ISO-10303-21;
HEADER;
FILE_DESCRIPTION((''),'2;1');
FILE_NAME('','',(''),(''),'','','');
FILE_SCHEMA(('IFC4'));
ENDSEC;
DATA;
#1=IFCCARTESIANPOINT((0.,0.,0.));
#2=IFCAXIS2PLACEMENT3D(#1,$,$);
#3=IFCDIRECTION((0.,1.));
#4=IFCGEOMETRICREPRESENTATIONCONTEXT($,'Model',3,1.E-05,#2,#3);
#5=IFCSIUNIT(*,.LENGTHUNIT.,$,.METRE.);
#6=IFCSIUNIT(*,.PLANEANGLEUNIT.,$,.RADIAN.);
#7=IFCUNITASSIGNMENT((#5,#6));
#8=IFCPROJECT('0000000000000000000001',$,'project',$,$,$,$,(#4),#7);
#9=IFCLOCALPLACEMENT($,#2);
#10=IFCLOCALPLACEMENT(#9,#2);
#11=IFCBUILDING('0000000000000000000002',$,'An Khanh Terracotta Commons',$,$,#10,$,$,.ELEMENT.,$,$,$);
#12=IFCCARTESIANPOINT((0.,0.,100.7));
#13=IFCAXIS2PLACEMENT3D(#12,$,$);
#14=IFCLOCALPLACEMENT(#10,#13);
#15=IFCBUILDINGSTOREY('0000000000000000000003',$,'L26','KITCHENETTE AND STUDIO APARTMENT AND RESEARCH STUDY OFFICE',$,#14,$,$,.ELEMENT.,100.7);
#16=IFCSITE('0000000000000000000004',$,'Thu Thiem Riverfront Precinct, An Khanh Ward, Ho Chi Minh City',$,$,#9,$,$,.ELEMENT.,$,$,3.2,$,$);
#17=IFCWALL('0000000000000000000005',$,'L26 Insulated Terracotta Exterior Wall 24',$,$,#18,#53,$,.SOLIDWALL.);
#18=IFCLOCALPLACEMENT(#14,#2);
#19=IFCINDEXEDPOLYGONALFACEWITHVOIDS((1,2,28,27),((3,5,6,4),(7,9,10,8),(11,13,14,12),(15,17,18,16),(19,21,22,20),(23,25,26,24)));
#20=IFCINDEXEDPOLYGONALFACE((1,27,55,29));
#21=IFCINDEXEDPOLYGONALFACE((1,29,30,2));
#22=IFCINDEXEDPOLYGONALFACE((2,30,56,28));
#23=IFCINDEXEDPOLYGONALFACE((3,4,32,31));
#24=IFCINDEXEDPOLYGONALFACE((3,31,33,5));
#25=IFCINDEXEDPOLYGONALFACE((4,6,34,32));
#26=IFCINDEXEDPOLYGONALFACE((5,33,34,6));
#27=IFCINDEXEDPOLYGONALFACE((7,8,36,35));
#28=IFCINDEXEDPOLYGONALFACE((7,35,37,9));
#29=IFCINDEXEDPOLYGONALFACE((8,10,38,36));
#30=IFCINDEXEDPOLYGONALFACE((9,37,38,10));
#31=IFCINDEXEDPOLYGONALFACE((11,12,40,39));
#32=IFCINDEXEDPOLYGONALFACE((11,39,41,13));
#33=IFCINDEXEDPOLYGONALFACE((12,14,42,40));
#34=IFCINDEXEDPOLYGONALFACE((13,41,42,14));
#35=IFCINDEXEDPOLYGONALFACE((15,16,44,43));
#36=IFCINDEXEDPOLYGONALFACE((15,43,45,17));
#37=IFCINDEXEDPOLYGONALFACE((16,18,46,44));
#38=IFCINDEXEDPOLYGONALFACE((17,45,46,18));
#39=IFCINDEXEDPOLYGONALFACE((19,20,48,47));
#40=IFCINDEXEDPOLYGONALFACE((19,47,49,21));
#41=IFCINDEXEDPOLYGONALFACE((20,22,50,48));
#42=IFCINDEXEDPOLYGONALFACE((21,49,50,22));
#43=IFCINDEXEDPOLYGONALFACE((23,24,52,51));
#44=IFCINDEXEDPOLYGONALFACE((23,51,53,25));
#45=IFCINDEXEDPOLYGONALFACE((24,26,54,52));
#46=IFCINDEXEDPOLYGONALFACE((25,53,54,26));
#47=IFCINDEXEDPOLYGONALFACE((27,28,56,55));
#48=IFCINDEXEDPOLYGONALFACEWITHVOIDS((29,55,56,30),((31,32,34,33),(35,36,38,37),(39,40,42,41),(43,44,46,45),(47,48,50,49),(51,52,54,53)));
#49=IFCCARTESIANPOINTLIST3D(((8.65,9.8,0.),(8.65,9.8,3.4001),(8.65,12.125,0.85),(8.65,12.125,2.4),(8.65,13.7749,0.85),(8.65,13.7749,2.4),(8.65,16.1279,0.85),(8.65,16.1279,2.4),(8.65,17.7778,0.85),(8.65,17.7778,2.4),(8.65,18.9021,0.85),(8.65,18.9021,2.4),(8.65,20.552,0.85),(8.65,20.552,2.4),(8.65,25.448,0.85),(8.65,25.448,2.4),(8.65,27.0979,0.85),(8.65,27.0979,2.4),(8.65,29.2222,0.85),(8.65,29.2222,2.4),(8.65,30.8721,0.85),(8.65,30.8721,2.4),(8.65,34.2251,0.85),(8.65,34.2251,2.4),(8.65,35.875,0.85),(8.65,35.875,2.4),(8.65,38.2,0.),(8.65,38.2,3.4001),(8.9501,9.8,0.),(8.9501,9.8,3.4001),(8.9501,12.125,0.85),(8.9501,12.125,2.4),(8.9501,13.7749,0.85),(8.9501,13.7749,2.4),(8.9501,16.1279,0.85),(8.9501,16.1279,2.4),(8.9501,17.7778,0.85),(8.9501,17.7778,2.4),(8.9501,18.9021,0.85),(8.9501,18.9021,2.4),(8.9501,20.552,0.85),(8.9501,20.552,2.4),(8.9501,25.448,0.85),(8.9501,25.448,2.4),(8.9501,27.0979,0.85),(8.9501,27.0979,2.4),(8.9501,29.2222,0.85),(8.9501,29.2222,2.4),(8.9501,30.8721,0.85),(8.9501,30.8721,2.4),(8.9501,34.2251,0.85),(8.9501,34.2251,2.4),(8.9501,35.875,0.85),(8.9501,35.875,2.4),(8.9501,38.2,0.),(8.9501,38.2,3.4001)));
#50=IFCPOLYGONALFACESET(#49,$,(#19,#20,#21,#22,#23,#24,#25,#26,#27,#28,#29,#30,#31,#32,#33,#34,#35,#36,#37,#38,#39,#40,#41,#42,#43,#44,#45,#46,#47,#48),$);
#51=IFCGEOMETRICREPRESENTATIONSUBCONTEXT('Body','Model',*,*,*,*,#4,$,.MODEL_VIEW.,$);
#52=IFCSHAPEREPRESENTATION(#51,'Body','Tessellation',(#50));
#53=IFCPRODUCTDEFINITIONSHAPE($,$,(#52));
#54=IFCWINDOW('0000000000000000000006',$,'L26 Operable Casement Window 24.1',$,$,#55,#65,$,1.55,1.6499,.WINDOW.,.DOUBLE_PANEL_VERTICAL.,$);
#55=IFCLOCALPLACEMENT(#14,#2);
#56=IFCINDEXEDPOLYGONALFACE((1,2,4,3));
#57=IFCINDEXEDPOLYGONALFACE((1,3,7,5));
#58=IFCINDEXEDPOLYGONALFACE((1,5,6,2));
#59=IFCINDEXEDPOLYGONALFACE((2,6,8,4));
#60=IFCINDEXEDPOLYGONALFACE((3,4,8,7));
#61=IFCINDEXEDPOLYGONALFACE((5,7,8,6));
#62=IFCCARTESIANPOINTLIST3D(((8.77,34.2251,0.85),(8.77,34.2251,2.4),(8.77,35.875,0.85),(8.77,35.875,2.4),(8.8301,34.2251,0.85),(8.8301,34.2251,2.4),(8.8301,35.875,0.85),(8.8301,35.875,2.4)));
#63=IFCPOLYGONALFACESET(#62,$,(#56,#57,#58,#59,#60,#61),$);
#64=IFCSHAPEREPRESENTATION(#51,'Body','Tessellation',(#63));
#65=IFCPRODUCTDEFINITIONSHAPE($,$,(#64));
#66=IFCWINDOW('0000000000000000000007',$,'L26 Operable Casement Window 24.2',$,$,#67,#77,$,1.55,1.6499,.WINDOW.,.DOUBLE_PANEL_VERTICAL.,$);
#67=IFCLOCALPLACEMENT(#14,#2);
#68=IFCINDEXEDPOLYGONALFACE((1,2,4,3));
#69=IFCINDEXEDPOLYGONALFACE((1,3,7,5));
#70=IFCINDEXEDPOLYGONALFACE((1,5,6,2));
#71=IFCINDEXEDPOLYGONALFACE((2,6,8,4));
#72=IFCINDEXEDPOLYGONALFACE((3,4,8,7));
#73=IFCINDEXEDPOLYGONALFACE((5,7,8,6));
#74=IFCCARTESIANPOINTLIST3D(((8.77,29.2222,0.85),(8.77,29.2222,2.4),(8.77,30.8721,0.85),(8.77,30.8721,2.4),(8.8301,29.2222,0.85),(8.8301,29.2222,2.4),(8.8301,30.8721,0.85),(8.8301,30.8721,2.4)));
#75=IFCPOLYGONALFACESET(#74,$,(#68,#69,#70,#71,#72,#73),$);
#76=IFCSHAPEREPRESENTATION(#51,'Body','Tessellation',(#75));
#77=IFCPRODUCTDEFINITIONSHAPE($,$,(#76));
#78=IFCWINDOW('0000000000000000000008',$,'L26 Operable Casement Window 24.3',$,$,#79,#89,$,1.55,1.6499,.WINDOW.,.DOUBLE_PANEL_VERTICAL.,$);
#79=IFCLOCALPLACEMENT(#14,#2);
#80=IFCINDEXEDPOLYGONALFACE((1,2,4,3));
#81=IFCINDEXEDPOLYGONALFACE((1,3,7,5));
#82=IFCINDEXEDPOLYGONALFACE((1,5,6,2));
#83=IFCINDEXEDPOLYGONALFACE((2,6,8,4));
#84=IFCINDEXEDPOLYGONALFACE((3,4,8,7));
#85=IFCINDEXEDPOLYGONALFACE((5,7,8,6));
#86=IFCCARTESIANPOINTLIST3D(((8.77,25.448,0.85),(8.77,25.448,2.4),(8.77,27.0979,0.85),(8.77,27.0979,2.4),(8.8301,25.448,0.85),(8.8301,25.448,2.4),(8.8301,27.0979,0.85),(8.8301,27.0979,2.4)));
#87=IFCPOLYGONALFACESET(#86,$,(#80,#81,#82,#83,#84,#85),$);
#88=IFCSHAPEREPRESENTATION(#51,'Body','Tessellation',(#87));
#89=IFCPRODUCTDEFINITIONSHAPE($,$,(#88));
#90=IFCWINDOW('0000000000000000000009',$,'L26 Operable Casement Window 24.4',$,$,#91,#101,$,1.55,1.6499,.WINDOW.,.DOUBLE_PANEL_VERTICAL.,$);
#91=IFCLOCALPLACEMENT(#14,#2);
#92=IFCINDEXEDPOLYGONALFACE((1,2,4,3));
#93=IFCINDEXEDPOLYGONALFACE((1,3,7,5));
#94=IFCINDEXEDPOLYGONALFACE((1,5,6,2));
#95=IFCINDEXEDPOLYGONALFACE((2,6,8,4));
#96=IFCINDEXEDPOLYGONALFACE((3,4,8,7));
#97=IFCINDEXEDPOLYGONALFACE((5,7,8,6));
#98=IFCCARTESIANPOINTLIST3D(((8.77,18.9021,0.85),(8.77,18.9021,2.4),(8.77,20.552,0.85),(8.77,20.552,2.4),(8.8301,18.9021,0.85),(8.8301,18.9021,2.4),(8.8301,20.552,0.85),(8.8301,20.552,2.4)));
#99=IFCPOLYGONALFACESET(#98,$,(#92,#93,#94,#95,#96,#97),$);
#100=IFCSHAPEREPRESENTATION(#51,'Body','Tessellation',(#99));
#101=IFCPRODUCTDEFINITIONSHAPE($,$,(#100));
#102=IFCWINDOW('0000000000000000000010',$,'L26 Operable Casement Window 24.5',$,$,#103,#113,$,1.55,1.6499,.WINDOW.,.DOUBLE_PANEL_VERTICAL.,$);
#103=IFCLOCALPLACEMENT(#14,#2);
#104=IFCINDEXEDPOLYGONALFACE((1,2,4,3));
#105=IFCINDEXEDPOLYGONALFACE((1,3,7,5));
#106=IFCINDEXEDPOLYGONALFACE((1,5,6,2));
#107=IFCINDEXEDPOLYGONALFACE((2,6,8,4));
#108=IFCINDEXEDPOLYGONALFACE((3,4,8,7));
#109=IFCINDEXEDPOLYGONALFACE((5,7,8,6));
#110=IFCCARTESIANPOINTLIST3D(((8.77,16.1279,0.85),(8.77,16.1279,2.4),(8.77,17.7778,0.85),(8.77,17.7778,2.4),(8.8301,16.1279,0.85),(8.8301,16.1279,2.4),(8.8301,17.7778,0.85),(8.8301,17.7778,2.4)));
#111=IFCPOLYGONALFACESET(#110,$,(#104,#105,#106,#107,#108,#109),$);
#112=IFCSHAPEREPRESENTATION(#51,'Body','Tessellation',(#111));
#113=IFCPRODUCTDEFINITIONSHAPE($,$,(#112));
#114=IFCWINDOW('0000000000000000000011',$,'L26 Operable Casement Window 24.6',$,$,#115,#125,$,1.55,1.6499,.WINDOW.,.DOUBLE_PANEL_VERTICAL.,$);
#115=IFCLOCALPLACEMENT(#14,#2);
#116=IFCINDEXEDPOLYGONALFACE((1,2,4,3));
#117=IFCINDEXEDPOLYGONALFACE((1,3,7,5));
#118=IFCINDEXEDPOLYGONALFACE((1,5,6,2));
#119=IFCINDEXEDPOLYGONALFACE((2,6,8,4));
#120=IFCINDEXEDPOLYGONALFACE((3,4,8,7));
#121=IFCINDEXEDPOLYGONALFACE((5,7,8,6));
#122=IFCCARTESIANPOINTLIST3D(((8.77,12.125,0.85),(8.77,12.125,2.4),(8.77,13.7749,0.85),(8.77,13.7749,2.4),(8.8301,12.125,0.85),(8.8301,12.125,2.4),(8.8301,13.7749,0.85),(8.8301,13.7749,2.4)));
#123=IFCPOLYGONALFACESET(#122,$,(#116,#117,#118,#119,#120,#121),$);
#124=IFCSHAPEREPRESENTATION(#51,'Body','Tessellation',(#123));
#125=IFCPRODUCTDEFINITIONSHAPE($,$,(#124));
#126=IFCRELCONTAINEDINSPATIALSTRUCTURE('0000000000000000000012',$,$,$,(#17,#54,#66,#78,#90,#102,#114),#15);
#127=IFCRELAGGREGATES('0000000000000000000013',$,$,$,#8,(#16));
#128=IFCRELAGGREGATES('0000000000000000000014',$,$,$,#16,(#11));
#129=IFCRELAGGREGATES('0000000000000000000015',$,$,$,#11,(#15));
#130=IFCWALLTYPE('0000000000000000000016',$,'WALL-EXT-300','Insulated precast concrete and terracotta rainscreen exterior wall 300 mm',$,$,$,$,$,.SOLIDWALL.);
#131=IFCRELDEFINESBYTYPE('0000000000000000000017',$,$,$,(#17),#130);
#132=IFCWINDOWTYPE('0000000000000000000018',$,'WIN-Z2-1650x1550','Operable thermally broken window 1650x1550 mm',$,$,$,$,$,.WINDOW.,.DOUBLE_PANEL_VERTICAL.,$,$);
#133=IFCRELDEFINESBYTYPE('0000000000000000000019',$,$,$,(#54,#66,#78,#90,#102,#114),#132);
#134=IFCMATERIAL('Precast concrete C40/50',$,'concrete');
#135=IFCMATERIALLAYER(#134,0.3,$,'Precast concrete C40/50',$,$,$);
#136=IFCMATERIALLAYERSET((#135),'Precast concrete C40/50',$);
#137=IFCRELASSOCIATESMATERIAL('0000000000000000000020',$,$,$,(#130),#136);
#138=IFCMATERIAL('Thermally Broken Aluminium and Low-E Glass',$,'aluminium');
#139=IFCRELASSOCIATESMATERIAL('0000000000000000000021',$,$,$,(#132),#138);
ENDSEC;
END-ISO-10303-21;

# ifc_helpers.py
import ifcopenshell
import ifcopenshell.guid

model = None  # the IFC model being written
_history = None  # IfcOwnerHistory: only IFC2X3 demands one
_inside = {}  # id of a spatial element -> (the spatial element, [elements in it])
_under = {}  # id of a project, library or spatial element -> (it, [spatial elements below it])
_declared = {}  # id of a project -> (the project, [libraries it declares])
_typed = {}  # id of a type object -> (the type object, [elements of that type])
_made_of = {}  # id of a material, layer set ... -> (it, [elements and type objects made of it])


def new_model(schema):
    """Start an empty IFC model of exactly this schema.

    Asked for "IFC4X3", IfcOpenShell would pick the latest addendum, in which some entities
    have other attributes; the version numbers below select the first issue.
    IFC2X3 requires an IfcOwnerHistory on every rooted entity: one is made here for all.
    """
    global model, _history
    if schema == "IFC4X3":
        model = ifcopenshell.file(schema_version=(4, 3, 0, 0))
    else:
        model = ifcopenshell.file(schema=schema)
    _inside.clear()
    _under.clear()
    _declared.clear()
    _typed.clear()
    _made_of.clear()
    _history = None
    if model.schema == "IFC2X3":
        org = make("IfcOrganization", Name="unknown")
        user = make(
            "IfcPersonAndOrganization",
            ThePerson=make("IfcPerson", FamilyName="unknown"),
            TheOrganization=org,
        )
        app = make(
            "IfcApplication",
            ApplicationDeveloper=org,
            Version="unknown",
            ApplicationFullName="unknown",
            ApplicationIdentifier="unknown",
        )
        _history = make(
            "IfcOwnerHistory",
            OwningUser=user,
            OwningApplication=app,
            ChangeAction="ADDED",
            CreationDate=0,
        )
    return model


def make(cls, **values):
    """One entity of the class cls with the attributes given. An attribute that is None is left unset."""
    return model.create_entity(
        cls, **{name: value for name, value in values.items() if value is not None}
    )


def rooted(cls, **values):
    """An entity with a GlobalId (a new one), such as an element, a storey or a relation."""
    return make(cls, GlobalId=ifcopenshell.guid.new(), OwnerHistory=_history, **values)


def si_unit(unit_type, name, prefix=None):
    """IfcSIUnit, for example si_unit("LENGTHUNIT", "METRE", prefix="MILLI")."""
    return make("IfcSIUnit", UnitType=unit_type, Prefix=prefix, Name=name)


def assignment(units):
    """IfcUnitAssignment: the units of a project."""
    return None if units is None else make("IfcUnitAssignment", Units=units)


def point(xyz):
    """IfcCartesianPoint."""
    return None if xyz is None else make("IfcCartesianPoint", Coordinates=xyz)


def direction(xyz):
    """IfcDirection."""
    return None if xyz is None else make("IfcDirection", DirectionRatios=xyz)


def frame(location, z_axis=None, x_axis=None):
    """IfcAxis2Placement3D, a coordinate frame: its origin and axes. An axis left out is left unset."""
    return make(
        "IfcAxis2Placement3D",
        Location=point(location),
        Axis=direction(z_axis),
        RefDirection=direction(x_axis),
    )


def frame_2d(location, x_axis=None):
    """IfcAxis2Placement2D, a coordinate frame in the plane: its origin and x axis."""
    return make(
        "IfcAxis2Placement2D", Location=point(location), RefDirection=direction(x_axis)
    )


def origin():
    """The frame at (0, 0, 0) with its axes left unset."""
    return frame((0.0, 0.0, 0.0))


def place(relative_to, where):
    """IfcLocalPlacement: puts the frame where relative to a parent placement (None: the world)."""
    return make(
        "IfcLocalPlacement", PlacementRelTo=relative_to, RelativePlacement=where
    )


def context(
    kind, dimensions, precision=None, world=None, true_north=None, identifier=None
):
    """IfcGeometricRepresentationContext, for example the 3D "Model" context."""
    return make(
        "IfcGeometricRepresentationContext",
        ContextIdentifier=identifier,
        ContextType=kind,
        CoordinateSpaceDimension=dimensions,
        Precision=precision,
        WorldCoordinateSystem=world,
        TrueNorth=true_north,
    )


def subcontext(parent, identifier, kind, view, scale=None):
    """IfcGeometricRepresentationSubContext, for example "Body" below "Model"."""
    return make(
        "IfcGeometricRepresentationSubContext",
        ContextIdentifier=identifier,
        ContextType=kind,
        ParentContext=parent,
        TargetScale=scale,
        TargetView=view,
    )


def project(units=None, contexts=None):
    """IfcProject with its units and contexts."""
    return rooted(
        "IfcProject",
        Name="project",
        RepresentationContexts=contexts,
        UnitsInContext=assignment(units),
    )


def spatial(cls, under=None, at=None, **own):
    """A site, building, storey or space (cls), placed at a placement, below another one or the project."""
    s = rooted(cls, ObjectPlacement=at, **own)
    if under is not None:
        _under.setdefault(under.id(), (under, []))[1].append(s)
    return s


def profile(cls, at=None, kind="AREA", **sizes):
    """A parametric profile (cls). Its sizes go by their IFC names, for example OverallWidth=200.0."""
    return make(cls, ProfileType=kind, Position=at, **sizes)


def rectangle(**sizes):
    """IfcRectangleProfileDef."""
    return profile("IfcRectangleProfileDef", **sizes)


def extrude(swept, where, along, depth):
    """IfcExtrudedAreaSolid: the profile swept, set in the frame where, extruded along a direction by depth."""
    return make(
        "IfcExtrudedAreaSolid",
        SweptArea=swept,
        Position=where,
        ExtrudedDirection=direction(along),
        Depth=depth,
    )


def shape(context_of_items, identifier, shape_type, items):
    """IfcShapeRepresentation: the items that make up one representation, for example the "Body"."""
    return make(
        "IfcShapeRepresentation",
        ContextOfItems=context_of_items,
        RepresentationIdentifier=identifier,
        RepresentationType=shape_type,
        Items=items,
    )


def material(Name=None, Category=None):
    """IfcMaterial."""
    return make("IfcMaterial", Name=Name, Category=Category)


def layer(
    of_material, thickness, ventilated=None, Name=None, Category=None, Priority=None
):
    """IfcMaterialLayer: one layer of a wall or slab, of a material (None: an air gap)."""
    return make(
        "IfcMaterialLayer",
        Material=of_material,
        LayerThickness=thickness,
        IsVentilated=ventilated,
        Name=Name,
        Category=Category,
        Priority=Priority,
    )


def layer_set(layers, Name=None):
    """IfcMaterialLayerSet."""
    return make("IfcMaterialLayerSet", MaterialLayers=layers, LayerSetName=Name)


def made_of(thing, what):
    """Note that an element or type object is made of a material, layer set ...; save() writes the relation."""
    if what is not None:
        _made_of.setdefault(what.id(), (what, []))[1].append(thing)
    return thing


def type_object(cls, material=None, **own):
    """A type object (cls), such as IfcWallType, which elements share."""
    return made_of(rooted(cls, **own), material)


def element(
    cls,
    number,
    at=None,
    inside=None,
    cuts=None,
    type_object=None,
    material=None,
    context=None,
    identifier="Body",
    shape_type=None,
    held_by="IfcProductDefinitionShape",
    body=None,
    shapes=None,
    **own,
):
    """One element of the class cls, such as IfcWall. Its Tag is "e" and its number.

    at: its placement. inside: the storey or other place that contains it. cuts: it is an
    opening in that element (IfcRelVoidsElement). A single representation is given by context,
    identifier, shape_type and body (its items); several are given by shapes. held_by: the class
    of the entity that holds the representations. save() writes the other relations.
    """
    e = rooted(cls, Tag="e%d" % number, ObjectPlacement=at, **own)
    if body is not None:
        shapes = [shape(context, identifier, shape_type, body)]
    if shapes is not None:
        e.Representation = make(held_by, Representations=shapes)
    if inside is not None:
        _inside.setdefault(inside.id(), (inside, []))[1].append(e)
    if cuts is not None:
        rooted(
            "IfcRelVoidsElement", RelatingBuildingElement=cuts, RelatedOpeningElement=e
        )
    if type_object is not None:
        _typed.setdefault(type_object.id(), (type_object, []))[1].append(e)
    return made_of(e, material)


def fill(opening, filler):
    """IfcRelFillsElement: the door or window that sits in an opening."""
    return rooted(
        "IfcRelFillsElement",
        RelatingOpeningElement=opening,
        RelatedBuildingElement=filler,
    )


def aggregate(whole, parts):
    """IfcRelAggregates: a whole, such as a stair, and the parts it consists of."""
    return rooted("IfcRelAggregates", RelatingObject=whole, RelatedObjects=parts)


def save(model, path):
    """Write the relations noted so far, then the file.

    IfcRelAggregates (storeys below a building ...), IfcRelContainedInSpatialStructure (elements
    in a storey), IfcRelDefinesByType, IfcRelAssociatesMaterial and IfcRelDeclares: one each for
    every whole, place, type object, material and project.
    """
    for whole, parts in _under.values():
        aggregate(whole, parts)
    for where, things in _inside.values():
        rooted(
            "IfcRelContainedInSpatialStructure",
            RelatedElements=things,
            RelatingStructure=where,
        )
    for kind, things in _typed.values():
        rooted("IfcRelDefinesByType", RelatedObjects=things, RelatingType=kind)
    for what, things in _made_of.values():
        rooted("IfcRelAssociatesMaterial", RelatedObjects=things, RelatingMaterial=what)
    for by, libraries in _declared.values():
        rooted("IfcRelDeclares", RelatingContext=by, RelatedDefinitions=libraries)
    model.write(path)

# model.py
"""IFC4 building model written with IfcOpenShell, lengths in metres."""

from ifc_helpers import new_model, si_unit, direction, frame, frame_2d, origin, place, context, subcontext, project, spatial, rectangle, extrude, material, layer, layer_set, type_object, element, fill, save


model = new_model("IFC4")

# Units and contexts
model_context = context("Model", 3, precision=1e-05, world=origin(), true_north=direction((0.0, 1.0)))
body_context = subcontext(model_context, "Body", "Model", "MODEL_VIEW")
ifc_project = project(units=[si_unit("LENGTHUNIT", "METRE"), si_unit("PLANEANGLEUNIT", "RADIAN")], contexts=[model_context])

# Site, building, storey
site_placement = place(None, origin())
site = spatial("IfcSite", under=ifc_project, at=site_placement, Name="Thu Thiem Riverfront Precinct, An Khanh Ward, Ho Chi Minh City", CompositionType="ELEMENT", RefElevation=3.2)
building_placement = place(site_placement, origin())
building = spatial("IfcBuilding", under=site, at=building_placement, Name="An Khanh Terracotta Commons", CompositionType="ELEMENT")
storey_placement = place(building_placement, frame((0.0, 0.0, 100.7)))
storey = spatial("IfcBuildingStorey", under=building, at=storey_placement, Name="L26", Description="KITCHENETTE AND STUDIO APARTMENT AND RESEARCH STUDY OFFICE", CompositionType="ELEMENT", Elevation=100.7)

# Shared definitions
ifc_material_1 = material(Name="Precast concrete C40/50", Category="concrete")
ifc_layer_1 = layer(ifc_material_1, 0.3, Name="Precast concrete C40/50")
ifc_layer_set_1 = layer_set([ifc_layer_1], Name="Precast concrete C40/50")
wall_type_1 = type_object("IfcWallType", Name="WALL-EXT-300", Description="Insulated precast concrete and terracotta rainscreen exterior wall 300 mm", PredefinedType="SOLIDWALL", material=ifc_layer_set_1)

# Wall, openings, windows
wall_1_placement = place(storey_placement, frame((8.8, 38.2, 0.0), z_axis=(0.0, 0.0, 1.0), x_axis=(0.0, -1.0, 0.0)))
wall_1 = element("IfcWall", 1, at=wall_1_placement, inside=storey, type_object=wall_type_1, Name="L26 Insulated Terracotta Exterior Wall 24", PredefinedType="SOLIDWALL", context=body_context, shape_type="SweptSolid", body=[
    extrude(rectangle(XDim=28.3999, YDim=0.3, at=frame_2d((14.2, 0.0))), origin(), (0.0, 0.0, 1.0), 3.4001),
])
opening_1_placement = place(wall_1_placement, frame((2.325, 0.0, 0.8501)))
opening_1 = element("IfcOpeningElement", 2, at=opening_1_placement, cuts=wall_1, PredefinedType="OPENING", context=body_context, shape_type="SweptSolid", body=[
    extrude(rectangle(XDim=1.6499, YDim=1.55, at=frame_2d((0.825, 0.7749))), frame((0.0, 0.1599, 0.0), z_axis=(0.0, -1.0, 0.0), x_axis=(1.0, 0.0, 0.0)), (0.0, 0.0, 1.0), 0.3201),
])
opening_2_placement = place(wall_1_placement, frame((7.3279, 0.0, 0.8501)))
opening_2 = element("IfcOpeningElement", 3, at=opening_2_placement, cuts=wall_1, PredefinedType="OPENING", context=body_context, shape_type="SweptSolid", body=[
    extrude(rectangle(XDim=1.6499, YDim=1.55, at=frame_2d((0.825, 0.7749))), frame((0.0, 0.1599, 0.0), z_axis=(0.0, -1.0, 0.0), x_axis=(1.0, 0.0, 0.0)), (0.0, 0.0, 1.0), 0.3201),
])
opening_3_placement = place(wall_1_placement, frame((11.1021, 0.0, 0.8501)))
opening_3 = element("IfcOpeningElement", 4, at=opening_3_placement, cuts=wall_1, PredefinedType="OPENING", context=body_context, shape_type="SweptSolid", body=[
    extrude(rectangle(XDim=1.6499, YDim=1.55, at=frame_2d((0.825, 0.7749))), frame((0.0, 0.1599, 0.0), z_axis=(0.0, -1.0, 0.0), x_axis=(1.0, 0.0, 0.0)), (0.0, 0.0, 1.0), 0.3201),
])
opening_4_placement = place(wall_1_placement, frame((17.6479, 0.0, 0.8501)))
opening_4 = element("IfcOpeningElement", 5, at=opening_4_placement, cuts=wall_1, PredefinedType="OPENING", context=body_context, shape_type="SweptSolid", body=[
    extrude(rectangle(XDim=1.6499, YDim=1.55, at=frame_2d((0.825, 0.7749))), frame((0.0, 0.1599, 0.0), z_axis=(0.0, -1.0, 0.0), x_axis=(1.0, 0.0, 0.0)), (0.0, 0.0, 1.0), 0.3201),
])
opening_5_placement = place(wall_1_placement, frame((20.4221, 0.0, 0.8501)))
opening_5 = element("IfcOpeningElement", 6, at=opening_5_placement, cuts=wall_1, PredefinedType="OPENING", context=body_context, shape_type="SweptSolid", body=[
    extrude(rectangle(XDim=1.6499, YDim=1.55, at=frame_2d((0.825, 0.7749))), frame((0.0, 0.1599, 0.0), z_axis=(0.0, -1.0, 0.0), x_axis=(1.0, 0.0, 0.0)), (0.0, 0.0, 1.0), 0.3201),
])
opening_6_placement = place(wall_1_placement, frame((24.425, 0.0, 0.8501)))
opening_6 = element("IfcOpeningElement", 7, at=opening_6_placement, cuts=wall_1, PredefinedType="OPENING", context=body_context, shape_type="SweptSolid", body=[
    extrude(rectangle(XDim=1.6499, YDim=1.55, at=frame_2d((0.825, 0.7749))), frame((0.0, 0.1599, 0.0), z_axis=(0.0, -1.0, 0.0), x_axis=(1.0, 0.0, 0.0)), (0.0, 0.0, 1.0), 0.3201),
])
ifc_material_2 = material(Name="Thermally Broken Aluminium and Low-E Glass", Category="aluminium")
window_type = type_object("IfcWindowType", Name="WIN-Z2-1650x1550", Description="Operable thermally broken window 1650x1550 mm", PartitioningType="DOUBLE_PANEL_VERTICAL", PredefinedType="WINDOW", material=ifc_material_2)
window_1_placement = place(opening_1_placement, origin())
window_1 = element("IfcWindow", 8, at=window_1_placement, inside=storey, type_object=window_type, Name="L26 Operable Casement Window 24.1", OverallHeight=1.55, OverallWidth=1.6499, PartitioningType="DOUBLE_PANEL_VERTICAL", PredefinedType="WINDOW", context=body_context, shape_type="SweptSolid", body=[
    extrude(rectangle(XDim=1.6499, YDim=1.55, at=frame_2d((0.825, 0.7749))), frame((0.0, 0.03, 0.0), z_axis=(0.0, -1.0, 0.0), x_axis=(1.0, 0.0, 0.0)), (0.0, 0.0, 1.0), 0.0601),
])
fill(opening_1, window_1)
window_2_placement = place(opening_2_placement, origin())
window_2 = element("IfcWindow", 9, at=window_2_placement, inside=storey, type_object=window_type, Name="L26 Operable Casement Window 24.2", OverallHeight=1.55, OverallWidth=1.6499, PartitioningType="DOUBLE_PANEL_VERTICAL", PredefinedType="WINDOW", context=body_context, shape_type="SweptSolid", body=[
    extrude(rectangle(XDim=1.6499, YDim=1.55, at=frame_2d((0.825, 0.7749))), frame((0.0, 0.03, 0.0), z_axis=(0.0, -1.0, 0.0), x_axis=(1.0, 0.0, 0.0)), (0.0, 0.0, 1.0), 0.0601),
])
fill(opening_2, window_2)
window_3_placement = place(opening_3_placement, origin())
window_3 = element("IfcWindow", 10, at=window_3_placement, inside=storey, type_object=window_type, Name="L26 Operable Casement Window 24.3", OverallHeight=1.55, OverallWidth=1.6499, PartitioningType="DOUBLE_PANEL_VERTICAL", PredefinedType="WINDOW", context=body_context, shape_type="SweptSolid", body=[
    extrude(rectangle(XDim=1.6499, YDim=1.55, at=frame_2d((0.825, 0.7749))), frame((0.0, 0.03, 0.0), z_axis=(0.0, -1.0, 0.0), x_axis=(1.0, 0.0, 0.0)), (0.0, 0.0, 1.0), 0.0601),
])
fill(opening_3, window_3)
window_4_placement = place(opening_4_placement, origin())
window_4 = element("IfcWindow", 11, at=window_4_placement, inside=storey, type_object=window_type, Name="L26 Operable Casement Window 24.4", OverallHeight=1.55, OverallWidth=1.6499, PartitioningType="DOUBLE_PANEL_VERTICAL", PredefinedType="WINDOW", context=body_context, shape_type="SweptSolid", body=[
    extrude(rectangle(XDim=1.6499, YDim=1.55, at=frame_2d((0.825, 0.7749))), frame((0.0, 0.03, 0.0), z_axis=(0.0, -1.0, 0.0), x_axis=(1.0, 0.0, 0.0)), (0.0, 0.0, 1.0), 0.0601),
])
fill(opening_4, window_4)
window_5_placement = place(opening_5_placement, origin())
window_5 = element("IfcWindow", 12, at=window_5_placement, inside=storey, type_object=window_type, Name="L26 Operable Casement Window 24.5", OverallHeight=1.55, OverallWidth=1.6499, PartitioningType="DOUBLE_PANEL_VERTICAL", PredefinedType="WINDOW", context=body_context, shape_type="SweptSolid", body=[
    extrude(rectangle(XDim=1.6499, YDim=1.55, at=frame_2d((0.825, 0.7749))), frame((0.0, 0.03, 0.0), z_axis=(0.0, -1.0, 0.0), x_axis=(1.0, 0.0, 0.0)), (0.0, 0.0, 1.0), 0.0601),
])
fill(opening_5, window_5)
window_6_placement = place(opening_6_placement, origin())
window_6 = element("IfcWindow", 13, at=window_6_placement, inside=storey, type_object=window_type, Name="L26 Operable Casement Window 24.6", OverallHeight=1.55, OverallWidth=1.6499, PartitioningType="DOUBLE_PANEL_VERTICAL", PredefinedType="WINDOW", context=body_context, shape_type="SweptSolid", body=[
    extrude(rectangle(XDim=1.6499, YDim=1.55, at=frame_2d((0.825, 0.7749))), frame((0.0, 0.03, 0.0), z_axis=(0.0, -1.0, 0.0), x_axis=(1.0, 0.0, 0.0)), (0.0, 0.0, 1.0), 0.0601),
])
fill(opening_6, window_6)

save(model, "model.ifc")
